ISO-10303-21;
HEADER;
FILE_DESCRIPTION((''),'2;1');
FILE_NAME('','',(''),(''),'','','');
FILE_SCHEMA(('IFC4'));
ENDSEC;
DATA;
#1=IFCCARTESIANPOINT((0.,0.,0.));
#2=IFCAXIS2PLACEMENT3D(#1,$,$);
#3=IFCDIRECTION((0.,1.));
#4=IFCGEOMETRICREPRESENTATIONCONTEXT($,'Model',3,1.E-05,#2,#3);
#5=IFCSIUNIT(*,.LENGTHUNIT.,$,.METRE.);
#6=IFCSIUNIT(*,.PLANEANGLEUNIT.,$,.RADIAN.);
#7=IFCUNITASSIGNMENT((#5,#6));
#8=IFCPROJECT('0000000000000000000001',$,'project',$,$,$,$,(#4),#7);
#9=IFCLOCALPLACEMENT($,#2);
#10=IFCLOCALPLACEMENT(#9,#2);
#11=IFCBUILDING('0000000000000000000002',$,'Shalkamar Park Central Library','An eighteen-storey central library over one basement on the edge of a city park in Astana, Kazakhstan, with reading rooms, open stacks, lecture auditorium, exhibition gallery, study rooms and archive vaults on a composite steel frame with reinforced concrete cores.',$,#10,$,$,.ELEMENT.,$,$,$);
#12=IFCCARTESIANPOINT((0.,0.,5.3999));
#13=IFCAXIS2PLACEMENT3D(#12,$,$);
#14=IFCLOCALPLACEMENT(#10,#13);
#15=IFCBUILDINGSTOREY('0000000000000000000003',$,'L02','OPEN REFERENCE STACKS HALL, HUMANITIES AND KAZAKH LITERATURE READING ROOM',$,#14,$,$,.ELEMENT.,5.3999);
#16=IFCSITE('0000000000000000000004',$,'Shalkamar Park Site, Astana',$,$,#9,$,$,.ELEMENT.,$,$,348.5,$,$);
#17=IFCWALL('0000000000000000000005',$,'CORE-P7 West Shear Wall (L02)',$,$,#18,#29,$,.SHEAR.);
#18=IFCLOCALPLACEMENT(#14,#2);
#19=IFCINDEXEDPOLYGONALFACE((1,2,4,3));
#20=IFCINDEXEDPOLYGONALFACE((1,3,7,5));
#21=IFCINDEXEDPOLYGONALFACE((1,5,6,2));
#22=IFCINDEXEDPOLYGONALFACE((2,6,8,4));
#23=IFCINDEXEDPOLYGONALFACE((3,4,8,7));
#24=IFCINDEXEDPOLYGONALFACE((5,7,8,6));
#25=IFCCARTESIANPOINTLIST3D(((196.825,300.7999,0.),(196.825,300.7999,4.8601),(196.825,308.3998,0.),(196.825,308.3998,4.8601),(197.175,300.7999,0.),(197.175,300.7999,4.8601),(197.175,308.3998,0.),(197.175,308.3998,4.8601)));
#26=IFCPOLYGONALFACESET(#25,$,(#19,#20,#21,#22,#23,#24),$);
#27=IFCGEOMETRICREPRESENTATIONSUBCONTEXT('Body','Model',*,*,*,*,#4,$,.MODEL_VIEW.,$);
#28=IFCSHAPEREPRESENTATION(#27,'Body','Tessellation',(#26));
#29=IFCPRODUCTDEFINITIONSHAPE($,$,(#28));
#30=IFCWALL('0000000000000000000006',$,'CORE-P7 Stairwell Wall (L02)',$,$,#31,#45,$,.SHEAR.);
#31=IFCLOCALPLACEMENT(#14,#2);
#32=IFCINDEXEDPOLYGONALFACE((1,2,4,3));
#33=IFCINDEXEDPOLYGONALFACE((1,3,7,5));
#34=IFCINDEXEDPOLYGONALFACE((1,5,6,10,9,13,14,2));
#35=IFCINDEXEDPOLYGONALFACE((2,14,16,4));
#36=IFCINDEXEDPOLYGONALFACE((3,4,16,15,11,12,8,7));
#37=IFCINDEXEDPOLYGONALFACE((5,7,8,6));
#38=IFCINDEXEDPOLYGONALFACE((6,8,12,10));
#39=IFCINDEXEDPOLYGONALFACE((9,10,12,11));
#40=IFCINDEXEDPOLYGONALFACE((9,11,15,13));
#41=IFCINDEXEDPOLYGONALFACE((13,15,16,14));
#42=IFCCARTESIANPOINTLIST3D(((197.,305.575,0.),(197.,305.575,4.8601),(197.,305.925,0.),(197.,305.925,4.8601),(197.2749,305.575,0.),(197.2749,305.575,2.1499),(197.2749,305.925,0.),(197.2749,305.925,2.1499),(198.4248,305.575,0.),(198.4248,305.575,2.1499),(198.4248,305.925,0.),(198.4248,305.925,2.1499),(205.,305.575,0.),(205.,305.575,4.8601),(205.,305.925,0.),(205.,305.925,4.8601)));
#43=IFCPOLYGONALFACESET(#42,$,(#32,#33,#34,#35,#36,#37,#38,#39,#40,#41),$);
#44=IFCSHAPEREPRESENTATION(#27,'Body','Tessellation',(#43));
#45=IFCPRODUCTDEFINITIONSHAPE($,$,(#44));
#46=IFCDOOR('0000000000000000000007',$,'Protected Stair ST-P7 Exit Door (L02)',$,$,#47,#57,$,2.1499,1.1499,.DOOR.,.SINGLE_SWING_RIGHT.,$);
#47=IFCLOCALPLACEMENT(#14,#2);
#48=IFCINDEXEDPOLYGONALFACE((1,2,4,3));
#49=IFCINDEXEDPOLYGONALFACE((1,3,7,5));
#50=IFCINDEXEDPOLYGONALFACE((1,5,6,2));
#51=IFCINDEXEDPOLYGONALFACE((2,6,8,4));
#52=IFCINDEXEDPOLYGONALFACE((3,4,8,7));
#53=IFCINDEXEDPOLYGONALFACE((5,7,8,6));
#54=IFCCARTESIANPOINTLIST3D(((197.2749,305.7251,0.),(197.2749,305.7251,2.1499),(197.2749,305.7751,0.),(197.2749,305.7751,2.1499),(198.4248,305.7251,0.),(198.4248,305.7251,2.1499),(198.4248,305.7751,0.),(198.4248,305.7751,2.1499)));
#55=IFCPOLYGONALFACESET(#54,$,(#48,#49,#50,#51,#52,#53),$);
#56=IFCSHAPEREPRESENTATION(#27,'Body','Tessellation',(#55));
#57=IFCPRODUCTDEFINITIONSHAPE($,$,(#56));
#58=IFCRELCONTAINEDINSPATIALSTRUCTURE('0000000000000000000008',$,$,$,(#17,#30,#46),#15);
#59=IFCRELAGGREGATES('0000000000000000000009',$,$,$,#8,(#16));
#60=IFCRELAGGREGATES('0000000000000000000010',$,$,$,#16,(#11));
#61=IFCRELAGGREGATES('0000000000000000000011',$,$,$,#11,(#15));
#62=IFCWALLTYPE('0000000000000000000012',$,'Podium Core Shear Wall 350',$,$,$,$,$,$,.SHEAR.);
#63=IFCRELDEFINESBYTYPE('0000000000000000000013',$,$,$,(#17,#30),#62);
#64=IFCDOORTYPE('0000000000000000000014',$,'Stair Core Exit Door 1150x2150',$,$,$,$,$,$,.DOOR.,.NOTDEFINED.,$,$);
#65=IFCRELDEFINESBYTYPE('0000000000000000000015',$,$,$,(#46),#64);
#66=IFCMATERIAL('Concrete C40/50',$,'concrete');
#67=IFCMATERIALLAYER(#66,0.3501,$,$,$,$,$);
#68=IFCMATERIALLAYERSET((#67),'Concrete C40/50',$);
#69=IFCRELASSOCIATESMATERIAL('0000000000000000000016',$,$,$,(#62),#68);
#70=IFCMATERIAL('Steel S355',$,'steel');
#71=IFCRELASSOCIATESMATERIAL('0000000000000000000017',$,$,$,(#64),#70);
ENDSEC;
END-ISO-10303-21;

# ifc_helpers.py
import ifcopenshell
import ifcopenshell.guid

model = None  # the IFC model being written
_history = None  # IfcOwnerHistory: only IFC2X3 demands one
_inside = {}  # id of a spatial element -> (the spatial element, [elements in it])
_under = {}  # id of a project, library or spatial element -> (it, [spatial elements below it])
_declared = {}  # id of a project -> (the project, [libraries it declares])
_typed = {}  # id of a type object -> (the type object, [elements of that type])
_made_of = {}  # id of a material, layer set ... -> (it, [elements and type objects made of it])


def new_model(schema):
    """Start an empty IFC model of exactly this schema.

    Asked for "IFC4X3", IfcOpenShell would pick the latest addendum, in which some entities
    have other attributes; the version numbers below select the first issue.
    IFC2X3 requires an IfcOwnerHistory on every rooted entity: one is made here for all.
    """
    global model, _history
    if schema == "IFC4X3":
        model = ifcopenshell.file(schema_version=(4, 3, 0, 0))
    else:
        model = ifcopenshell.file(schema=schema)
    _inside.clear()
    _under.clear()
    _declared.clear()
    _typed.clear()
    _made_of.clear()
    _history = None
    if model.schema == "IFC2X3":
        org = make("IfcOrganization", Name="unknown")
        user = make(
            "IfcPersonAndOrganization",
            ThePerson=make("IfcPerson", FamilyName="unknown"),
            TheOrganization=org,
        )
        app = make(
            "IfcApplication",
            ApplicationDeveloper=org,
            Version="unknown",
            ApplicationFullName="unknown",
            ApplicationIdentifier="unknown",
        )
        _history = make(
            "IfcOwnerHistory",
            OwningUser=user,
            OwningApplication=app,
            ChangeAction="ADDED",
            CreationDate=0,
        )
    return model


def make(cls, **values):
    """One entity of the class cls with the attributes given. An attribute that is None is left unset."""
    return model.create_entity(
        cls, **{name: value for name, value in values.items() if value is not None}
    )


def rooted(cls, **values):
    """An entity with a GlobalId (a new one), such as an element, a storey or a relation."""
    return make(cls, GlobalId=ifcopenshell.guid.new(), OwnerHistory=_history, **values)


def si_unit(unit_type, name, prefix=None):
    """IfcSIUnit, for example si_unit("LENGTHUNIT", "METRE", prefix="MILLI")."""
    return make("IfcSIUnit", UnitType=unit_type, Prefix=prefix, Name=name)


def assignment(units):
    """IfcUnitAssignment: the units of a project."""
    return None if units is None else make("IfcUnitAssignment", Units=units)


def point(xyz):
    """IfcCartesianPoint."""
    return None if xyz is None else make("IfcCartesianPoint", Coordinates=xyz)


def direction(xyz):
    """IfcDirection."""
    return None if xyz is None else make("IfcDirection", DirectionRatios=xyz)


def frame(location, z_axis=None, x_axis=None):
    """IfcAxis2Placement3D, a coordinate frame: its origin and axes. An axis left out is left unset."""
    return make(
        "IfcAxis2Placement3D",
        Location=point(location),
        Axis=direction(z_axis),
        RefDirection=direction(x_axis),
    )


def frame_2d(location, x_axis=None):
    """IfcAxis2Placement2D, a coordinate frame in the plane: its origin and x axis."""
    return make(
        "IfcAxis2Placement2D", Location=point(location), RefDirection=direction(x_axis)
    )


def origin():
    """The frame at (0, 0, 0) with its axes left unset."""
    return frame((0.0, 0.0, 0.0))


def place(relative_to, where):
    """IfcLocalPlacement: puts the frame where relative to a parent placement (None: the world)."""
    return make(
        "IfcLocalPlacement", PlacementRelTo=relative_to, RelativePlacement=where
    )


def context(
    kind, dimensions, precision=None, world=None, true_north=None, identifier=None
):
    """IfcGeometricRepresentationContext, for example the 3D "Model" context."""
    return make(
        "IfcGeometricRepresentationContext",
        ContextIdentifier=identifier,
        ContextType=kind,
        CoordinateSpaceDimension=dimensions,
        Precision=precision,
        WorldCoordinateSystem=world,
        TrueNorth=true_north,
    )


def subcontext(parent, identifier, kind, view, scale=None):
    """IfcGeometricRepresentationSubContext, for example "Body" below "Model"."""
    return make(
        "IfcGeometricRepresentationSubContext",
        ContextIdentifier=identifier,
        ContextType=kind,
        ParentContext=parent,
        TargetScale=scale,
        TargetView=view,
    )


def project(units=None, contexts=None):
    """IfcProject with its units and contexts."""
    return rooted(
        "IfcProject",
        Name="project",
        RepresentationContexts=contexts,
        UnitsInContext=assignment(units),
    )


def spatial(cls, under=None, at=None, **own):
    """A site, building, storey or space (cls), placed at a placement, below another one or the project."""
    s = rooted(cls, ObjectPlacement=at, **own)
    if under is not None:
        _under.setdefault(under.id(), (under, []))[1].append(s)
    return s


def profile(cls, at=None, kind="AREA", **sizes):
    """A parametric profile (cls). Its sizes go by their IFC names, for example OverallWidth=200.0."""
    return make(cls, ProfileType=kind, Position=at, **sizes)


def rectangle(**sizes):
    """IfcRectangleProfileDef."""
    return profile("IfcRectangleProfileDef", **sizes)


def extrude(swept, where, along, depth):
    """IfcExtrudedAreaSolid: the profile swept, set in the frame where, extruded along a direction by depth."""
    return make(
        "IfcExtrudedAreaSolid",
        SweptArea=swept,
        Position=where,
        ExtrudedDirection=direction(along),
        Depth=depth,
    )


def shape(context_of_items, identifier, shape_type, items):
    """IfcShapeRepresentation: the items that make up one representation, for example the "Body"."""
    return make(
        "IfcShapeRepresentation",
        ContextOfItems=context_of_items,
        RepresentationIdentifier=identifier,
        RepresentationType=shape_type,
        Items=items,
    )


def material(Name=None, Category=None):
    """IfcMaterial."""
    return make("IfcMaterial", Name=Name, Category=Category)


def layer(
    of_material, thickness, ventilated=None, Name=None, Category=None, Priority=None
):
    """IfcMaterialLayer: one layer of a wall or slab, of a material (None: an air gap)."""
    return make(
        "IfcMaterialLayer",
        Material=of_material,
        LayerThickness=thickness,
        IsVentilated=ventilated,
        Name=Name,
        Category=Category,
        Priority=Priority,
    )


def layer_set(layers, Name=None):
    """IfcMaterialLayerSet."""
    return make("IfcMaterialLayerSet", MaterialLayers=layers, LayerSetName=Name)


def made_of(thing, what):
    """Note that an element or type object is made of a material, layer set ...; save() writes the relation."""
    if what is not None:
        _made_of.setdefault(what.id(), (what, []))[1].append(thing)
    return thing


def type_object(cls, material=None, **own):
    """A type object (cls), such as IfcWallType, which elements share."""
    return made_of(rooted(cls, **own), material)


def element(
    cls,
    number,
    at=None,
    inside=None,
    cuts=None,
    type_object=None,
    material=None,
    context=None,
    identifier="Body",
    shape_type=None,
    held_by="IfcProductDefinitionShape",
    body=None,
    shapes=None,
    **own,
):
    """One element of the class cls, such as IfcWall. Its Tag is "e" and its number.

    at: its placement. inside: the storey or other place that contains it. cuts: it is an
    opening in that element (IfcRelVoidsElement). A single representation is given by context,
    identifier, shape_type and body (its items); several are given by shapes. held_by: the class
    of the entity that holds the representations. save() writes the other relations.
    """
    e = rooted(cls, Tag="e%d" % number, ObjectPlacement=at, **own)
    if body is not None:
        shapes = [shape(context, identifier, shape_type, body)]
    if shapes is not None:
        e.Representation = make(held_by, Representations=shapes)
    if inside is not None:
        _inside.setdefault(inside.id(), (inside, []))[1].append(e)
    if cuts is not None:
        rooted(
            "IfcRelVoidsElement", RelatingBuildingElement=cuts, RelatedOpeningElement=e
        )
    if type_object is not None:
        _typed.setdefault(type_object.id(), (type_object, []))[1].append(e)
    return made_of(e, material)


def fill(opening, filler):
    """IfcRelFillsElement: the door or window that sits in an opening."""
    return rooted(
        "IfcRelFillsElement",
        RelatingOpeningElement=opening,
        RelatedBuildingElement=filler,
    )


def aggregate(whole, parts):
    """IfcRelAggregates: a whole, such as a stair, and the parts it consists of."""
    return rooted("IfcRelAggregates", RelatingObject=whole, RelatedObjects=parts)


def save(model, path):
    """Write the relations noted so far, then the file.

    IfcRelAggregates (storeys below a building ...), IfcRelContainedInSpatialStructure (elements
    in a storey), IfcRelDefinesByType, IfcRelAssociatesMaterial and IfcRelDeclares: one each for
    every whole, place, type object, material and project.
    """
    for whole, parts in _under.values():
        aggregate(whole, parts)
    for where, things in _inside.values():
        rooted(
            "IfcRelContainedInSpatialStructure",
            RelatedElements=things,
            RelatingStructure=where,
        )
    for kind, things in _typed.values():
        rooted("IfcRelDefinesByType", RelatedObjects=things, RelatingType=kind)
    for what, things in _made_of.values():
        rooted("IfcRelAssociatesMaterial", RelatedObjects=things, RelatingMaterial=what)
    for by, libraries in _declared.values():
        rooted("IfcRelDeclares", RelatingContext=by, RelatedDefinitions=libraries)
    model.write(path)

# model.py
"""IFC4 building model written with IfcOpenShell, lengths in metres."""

from ifc_helpers import new_model, si_unit, direction, frame, frame_2d, origin, place, context, subcontext, project, spatial, rectangle, extrude, material, layer, layer_set, type_object, element, fill, save


model = new_model("IFC4")

# Units and contexts
model_context = context("Model", 3, precision=1e-05, world=origin(), true_north=direction((0.0, 1.0)))
body_context = subcontext(model_context, "Body", "Model", "MODEL_VIEW")
ifc_project = project(units=[si_unit("LENGTHUNIT", "METRE"), si_unit("PLANEANGLEUNIT", "RADIAN")], contexts=[model_context])

# Site, building, storey
site_placement = place(None, origin())
site = spatial("IfcSite", under=ifc_project, at=site_placement, Name="Shalkamar Park Site, Astana", CompositionType="ELEMENT", RefElevation=348.5)
building_placement = place(site_placement, origin())
building = spatial("IfcBuilding", under=site, at=building_placement, Name="Shalkamar Park Central Library", Description="An eighteen-storey central library over one basement on the edge of a city park in Astana, Kazakhstan, with reading rooms, open stacks, lecture auditorium, exhibition gallery, study rooms and archive vaults on a composite steel frame with reinforced concrete cores.", CompositionType="ELEMENT")
storey_placement = place(building_placement, frame((0.0, 0.0, 5.3999)))
storey = spatial("IfcBuildingStorey", under=building, at=storey_placement, Name="L02", Description="OPEN REFERENCE STACKS HALL, HUMANITIES AND KAZAKH LITERATURE READING ROOM", CompositionType="ELEMENT", Elevation=5.3999)

# Shared definitions
ifc_material_1 = material(Name="Steel S355", Category="steel")

# Wall
ifc_material_2 = material(Name="Concrete C40/50", Category="concrete")
ifc_layer_1 = layer(ifc_material_2, 0.3501)
ifc_layer_set_1 = layer_set([ifc_layer_1], Name="Concrete C40/50")
wall_type_1 = type_object("IfcWallType", Name="Podium Core Shear Wall 350", PredefinedType="SHEAR", material=ifc_layer_set_1)
wall_1_placement = place(storey_placement, frame((197.0, 300.8, 0.0), z_axis=(0.0, 0.0, 1.0), x_axis=(0.0, 1.0, 0.0)))
element("IfcWall", 1, at=wall_1_placement, inside=storey, type_object=wall_type_1, Name="CORE-P7 West Shear Wall (L02)", PredefinedType="SHEAR", context=body_context, shape_type="SweptSolid", body=[
    extrude(rectangle(XDim=7.5999, YDim=0.3501, at=frame_2d((3.7998, 0.0))), origin(), (0.0, 0.0, 1.0), 4.8601),
])

# Wall, opening, door
wall_2_placement = place(storey_placement, frame((197.0, 305.75, 0.0), z_axis=(0.0, 0.0, 1.0), x_axis=(1.0, 0.0, 0.0)))
wall_2 = element("IfcWall", 2, at=wall_2_placement, inside=storey, type_object=wall_type_1, Name="CORE-P7 Stairwell Wall (L02)", PredefinedType="SHEAR", context=body_context, shape_type="SweptSolid", body=[
    extrude(rectangle(XDim=8.0, YDim=0.3501, at=frame_2d((4.0, 0.0))), origin(), (0.0, 0.0, 1.0), 4.8601),
])
opening_1_placement = place(wall_2_placement, frame((0.2749, 0.0, 0.0)))
opening_1 = element("IfcOpeningElement", 3, at=opening_1_placement, cuts=wall_2, PredefinedType="OPENING", context=body_context, shape_type="SweptSolid", body=[
    extrude(rectangle(XDim=1.1499, YDim=2.1499, at=frame_2d((0.575, 1.075))), frame((0.0, 0.1899, 0.0), z_axis=(0.0, -1.0, 0.0), x_axis=(1.0, 0.0, 0.0)), (0.0, 0.0, 1.0), 0.3799),
])
door_type_1 = type_object("IfcDoorType", Name="Stair Core Exit Door 1150x2150", OperationType="NOTDEFINED", PredefinedType="DOOR", material=ifc_material_1)
door_1_placement = place(opening_1_placement, frame((1.1499, 0.0, 0.0), z_axis=(0.0, 0.0, 1.0), x_axis=(-1.0, 0.0, 0.0)))
door_1 = element("IfcDoor", 4, at=door_1_placement, inside=storey, type_object=door_type_1, Name="Protected Stair ST-P7 Exit Door (L02)", OperationType="SINGLE_SWING_RIGHT", OverallHeight=2.1499, OverallWidth=1.1499, PredefinedType="DOOR", context=body_context, shape_type="SweptSolid", body=[
    extrude(rectangle(XDim=1.1499, YDim=2.1499, at=frame_2d((0.575, 1.075))), frame((0.0, 0.0249, 0.0), z_axis=(0.0, -1.0, 0.0), x_axis=(1.0, 0.0, 0.0)), (0.0, 0.0, 1.0), 0.05),
])
fill(opening_1, door_1)

save(model, "model.ifc")
